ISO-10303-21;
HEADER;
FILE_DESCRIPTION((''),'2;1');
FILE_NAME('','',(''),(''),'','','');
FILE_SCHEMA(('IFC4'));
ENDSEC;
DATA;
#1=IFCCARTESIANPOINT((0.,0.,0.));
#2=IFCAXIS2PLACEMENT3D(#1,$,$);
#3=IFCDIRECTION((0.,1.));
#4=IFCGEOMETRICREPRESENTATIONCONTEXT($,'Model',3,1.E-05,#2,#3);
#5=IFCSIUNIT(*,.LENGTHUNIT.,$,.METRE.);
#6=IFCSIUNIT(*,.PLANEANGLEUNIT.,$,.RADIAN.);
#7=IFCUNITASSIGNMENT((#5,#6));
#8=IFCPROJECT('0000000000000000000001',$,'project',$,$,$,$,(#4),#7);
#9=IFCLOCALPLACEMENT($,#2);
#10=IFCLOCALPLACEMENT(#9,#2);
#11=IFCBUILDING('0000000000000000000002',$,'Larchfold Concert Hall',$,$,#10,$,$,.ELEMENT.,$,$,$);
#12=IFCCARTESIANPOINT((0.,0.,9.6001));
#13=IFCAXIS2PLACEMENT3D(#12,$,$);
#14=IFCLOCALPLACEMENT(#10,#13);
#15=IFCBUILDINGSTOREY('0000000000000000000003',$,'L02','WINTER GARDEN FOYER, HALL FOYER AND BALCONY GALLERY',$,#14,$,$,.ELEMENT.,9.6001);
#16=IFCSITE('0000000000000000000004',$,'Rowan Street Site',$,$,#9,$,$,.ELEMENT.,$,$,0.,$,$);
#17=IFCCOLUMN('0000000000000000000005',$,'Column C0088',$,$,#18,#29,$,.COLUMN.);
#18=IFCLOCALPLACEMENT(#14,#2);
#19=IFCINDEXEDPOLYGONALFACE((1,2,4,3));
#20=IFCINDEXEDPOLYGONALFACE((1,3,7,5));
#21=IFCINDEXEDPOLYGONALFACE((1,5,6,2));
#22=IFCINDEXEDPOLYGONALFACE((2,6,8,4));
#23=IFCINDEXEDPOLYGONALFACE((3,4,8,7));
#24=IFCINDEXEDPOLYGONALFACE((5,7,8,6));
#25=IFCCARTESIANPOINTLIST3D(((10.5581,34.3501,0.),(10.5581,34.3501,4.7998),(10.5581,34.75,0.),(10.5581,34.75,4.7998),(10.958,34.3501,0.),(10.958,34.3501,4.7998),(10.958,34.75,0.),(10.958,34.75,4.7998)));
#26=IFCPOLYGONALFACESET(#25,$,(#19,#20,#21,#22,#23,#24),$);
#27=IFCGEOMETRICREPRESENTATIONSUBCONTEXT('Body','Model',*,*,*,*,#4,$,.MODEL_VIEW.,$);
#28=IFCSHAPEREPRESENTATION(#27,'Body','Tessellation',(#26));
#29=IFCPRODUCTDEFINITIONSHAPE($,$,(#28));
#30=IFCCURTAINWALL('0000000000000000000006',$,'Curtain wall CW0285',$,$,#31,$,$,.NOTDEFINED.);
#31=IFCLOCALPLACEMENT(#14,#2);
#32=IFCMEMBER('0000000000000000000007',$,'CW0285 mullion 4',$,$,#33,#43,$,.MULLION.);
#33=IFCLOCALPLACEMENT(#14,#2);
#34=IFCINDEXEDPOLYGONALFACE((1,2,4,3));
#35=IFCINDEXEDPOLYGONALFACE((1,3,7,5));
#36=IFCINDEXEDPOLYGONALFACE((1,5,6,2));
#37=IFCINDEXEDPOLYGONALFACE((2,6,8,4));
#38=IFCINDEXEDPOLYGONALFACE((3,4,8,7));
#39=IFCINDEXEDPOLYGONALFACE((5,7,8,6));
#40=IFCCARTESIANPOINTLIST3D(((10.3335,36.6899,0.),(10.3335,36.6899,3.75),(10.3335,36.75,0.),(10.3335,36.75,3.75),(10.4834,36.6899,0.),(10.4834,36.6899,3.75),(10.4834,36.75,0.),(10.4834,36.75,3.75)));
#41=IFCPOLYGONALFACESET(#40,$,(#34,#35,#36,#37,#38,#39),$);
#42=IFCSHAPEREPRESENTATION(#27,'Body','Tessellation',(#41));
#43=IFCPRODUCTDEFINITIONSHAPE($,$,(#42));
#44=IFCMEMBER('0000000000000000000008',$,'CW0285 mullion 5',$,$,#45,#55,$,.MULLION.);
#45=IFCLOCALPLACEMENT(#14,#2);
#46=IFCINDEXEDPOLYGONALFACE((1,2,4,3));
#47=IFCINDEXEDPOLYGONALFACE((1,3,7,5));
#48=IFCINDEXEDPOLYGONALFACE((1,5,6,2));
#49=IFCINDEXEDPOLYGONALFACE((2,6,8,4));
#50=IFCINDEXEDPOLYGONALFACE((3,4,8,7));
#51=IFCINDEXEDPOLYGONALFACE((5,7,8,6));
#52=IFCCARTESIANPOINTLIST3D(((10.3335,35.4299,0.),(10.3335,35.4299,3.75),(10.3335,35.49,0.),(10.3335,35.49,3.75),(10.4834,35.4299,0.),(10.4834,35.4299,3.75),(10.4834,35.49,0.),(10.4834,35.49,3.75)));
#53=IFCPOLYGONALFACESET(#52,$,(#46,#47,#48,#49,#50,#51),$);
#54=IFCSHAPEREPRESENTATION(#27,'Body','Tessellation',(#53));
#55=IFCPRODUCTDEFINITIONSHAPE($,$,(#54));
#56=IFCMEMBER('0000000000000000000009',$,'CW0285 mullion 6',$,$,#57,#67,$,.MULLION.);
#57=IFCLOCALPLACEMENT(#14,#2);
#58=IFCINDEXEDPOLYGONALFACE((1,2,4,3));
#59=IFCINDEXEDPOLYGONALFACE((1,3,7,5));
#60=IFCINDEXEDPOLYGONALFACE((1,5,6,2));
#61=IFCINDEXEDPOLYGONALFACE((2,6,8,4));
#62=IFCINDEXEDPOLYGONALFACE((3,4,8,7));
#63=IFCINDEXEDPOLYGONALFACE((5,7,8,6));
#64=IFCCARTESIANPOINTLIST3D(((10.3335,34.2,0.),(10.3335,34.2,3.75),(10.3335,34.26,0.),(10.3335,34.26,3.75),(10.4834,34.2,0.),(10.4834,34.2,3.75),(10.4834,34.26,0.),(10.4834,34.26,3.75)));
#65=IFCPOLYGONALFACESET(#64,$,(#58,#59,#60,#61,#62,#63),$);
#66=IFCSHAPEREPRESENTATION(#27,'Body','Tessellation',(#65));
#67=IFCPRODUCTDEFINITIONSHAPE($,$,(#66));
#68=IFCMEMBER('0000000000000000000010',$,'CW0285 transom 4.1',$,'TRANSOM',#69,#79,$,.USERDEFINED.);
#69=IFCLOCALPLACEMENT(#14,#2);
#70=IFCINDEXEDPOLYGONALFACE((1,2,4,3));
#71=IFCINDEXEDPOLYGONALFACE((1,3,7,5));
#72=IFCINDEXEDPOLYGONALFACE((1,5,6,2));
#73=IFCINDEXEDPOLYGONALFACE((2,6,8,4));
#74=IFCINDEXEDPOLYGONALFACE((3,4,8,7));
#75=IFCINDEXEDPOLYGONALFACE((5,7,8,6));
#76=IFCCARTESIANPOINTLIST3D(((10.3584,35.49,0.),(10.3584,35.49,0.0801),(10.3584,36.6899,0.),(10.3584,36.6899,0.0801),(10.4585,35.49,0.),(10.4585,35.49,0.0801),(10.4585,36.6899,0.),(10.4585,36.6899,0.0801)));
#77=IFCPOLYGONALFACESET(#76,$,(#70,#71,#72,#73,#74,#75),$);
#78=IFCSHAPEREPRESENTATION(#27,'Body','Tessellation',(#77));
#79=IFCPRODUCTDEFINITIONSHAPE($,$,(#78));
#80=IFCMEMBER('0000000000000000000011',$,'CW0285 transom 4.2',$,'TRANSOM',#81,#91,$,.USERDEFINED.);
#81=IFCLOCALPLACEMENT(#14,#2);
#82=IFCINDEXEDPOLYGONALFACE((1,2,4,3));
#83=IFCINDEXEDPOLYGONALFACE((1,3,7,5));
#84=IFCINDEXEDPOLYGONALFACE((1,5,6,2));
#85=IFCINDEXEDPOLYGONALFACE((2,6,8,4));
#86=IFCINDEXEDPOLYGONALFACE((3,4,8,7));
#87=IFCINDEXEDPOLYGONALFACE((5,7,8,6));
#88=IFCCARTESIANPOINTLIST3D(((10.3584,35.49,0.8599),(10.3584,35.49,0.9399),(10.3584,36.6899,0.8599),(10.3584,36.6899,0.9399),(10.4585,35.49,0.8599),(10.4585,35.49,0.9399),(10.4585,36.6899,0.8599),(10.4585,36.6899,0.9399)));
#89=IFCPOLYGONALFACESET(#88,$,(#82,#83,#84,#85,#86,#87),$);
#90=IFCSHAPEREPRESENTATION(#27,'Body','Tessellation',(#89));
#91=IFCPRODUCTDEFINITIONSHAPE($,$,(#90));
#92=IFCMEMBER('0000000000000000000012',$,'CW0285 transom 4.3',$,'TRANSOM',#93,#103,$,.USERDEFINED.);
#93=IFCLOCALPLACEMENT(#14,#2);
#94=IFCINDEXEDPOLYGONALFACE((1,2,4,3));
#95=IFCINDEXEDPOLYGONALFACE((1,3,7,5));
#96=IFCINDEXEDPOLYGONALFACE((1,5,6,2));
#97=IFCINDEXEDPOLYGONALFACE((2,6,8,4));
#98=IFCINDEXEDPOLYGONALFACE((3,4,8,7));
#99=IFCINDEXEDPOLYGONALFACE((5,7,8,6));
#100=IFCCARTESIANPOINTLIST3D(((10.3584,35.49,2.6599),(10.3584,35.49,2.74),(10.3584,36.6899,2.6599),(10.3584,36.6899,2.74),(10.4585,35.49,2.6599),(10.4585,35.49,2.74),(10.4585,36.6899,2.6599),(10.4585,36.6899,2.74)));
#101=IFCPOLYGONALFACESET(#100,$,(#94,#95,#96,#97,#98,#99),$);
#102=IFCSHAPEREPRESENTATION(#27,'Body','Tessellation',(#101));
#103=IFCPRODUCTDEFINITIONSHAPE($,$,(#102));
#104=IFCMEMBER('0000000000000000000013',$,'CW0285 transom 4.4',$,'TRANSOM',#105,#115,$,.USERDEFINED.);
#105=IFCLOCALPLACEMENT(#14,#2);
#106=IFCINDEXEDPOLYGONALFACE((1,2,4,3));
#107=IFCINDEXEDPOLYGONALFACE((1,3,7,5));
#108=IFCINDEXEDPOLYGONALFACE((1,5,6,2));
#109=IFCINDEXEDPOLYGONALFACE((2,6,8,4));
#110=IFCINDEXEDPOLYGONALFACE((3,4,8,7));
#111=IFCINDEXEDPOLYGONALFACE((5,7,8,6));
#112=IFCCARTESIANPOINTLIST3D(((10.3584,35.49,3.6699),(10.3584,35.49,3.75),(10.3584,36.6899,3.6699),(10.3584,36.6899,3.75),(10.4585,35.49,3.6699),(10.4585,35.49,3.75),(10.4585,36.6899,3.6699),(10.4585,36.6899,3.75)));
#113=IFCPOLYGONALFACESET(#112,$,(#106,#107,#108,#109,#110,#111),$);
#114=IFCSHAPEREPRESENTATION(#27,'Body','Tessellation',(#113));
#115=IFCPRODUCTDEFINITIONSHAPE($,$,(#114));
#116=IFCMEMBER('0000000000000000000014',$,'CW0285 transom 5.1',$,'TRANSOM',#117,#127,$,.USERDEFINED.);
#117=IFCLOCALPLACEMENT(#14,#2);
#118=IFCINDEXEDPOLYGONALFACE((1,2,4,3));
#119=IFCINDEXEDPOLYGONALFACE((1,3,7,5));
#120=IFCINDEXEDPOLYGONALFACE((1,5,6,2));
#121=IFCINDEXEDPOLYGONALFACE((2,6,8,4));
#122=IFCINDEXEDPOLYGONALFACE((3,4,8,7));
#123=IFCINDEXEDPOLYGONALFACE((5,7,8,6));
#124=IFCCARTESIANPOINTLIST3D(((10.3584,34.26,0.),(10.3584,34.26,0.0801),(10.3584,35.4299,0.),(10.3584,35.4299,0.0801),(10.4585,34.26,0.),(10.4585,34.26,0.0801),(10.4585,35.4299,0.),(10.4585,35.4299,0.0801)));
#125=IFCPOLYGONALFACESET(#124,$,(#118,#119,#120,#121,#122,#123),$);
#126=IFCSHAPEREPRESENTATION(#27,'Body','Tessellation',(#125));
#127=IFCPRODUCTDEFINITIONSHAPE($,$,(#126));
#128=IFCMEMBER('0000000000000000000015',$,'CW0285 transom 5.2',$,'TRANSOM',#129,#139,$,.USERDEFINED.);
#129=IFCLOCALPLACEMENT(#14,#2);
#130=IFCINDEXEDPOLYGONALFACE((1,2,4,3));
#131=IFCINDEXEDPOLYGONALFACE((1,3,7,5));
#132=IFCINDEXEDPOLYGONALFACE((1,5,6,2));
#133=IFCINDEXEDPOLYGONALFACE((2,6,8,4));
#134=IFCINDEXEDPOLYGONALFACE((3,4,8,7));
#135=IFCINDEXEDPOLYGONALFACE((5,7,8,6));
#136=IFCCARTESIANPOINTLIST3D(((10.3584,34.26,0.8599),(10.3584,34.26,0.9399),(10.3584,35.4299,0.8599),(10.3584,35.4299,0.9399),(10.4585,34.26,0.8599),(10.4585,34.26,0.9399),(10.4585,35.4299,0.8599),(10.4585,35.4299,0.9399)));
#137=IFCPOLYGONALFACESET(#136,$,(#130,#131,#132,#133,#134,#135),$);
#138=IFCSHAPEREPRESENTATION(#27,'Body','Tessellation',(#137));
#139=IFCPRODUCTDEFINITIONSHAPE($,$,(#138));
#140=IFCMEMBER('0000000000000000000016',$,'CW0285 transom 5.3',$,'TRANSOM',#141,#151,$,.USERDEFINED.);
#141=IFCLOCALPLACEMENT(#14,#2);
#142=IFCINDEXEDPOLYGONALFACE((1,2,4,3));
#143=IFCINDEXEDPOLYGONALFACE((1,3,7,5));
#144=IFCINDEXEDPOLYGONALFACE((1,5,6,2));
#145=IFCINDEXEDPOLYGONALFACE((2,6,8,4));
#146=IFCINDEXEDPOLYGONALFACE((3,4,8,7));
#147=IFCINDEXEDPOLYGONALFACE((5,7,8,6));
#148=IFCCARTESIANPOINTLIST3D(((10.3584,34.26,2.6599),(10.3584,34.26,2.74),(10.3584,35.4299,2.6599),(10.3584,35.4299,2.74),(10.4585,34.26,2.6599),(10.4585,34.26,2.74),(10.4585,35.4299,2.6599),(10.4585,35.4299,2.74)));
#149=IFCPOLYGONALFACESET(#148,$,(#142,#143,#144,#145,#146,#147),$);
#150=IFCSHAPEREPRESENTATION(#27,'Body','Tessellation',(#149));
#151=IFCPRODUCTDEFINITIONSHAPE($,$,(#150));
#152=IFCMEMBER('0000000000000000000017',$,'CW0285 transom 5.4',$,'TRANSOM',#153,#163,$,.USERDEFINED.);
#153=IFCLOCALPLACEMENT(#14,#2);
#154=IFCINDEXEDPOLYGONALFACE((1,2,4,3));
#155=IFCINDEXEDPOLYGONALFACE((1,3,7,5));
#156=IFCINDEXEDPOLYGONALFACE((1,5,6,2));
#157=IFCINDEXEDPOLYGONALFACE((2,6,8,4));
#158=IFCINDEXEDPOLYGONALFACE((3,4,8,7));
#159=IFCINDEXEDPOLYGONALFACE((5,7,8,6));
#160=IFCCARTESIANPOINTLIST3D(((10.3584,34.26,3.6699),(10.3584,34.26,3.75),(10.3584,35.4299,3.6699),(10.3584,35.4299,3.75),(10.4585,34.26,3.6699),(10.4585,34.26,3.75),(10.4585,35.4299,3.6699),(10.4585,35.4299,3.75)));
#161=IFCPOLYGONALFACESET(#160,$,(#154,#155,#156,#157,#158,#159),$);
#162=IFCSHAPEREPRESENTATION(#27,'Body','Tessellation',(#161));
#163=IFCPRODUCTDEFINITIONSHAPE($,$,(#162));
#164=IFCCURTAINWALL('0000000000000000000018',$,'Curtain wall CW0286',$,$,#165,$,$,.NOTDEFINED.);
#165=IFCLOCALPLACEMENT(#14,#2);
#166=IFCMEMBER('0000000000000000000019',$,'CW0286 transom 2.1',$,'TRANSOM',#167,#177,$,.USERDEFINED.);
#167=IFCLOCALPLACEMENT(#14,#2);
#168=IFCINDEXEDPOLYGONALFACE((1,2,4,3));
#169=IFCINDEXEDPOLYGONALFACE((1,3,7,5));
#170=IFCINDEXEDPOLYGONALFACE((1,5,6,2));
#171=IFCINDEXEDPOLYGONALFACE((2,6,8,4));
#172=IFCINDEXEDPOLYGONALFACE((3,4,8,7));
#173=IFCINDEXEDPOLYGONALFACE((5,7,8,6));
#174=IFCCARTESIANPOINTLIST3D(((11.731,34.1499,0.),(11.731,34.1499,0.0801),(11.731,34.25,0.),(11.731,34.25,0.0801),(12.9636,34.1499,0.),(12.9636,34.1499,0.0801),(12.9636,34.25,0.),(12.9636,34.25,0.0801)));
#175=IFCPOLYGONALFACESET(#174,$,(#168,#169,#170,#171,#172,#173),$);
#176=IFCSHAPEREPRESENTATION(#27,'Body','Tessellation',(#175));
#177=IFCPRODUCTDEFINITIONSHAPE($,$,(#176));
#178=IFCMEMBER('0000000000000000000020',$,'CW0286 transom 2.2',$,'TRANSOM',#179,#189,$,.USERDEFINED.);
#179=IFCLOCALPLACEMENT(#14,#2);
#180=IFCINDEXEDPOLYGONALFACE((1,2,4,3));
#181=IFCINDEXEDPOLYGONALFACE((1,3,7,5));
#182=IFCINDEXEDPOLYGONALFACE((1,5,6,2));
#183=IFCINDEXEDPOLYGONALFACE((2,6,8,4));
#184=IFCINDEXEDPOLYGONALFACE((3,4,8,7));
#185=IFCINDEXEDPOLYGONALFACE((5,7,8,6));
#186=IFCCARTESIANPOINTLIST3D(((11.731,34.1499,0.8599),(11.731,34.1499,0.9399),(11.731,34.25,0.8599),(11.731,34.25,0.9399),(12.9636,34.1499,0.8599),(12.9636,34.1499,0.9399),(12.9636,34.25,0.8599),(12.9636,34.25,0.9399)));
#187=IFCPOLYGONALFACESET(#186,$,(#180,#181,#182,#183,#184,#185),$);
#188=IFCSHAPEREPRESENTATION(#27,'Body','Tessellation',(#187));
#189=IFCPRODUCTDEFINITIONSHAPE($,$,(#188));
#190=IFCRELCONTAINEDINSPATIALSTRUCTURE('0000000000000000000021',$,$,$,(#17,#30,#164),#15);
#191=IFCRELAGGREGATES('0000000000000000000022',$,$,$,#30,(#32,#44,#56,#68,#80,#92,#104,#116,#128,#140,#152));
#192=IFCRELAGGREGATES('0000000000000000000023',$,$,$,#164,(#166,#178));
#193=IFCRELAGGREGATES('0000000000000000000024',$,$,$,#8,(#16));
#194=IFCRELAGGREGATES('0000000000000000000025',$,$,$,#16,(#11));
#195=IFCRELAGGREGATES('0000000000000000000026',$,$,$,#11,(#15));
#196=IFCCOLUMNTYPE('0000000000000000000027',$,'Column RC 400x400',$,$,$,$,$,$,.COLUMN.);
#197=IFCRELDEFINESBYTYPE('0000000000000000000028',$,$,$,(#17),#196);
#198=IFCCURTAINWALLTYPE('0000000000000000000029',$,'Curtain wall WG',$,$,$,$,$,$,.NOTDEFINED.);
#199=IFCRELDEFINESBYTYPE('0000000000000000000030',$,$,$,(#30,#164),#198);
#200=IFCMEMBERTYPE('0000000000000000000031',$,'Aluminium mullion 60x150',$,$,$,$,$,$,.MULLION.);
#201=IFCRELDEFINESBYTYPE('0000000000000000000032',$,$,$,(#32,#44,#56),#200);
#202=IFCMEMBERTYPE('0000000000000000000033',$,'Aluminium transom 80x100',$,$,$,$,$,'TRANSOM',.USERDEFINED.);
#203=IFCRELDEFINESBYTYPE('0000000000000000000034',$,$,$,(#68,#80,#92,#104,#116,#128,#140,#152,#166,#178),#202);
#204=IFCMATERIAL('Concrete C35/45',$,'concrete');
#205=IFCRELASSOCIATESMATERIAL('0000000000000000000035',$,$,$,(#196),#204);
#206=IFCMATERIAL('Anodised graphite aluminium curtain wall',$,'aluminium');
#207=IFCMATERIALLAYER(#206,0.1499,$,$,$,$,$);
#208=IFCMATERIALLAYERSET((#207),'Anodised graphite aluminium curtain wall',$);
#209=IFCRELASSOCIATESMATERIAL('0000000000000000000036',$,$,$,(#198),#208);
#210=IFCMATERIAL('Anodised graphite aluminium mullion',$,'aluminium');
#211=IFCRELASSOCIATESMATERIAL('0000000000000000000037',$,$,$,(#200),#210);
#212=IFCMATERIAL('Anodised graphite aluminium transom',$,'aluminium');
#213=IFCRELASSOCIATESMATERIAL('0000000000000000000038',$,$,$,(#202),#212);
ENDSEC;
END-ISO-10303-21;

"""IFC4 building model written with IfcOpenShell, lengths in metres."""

from ifc_helpers import new_model, si_unit, direction, frame, origin, origin_2d, place, context, subcontext, project, spatial, rectangle, extrude, material, layer, layer_set, material_profile, profile_set, type_object, element, aggregate, save


model = new_model("IFC4")

# Units and contexts
model_context = context("Model", 3, precision=1e-05, world=origin(), true_north=direction((0.0, 1.0)))
body_context = subcontext(model_context, "Body", "Model", "MODEL_VIEW")
ifc_project = project(units=[si_unit("LENGTHUNIT", "METRE"), si_unit("PLANEANGLEUNIT", "RADIAN")], contexts=[model_context])

# Site, building, storey
site_placement = place(None, origin())
site = spatial("IfcSite", under=ifc_project, at=site_placement, Name="Rowan Street Site", CompositionType="ELEMENT", RefElevation=0.0)
building_placement = place(site_placement, origin())
building = spatial("IfcBuilding", under=site, at=building_placement, Name="Larchfold Concert Hall", CompositionType="ELEMENT")
storey_placement = place(building_placement, frame((0.0, 0.0, 9.6001)))
storey = spatial("IfcBuildingStorey", under=building, at=storey_placement, Name="L02", Description="WINTER GARDEN FOYER, HALL FOYER AND BALCONY GALLERY", CompositionType="ELEMENT", Elevation=9.6001)

# Column
ifc_material_1 = material(Name="Concrete C35/45", Category="concrete")
ifc_material_profile_1 = material_profile(ifc_material_1, rectangle(XDim=0.3999, YDim=0.3999, at=origin_2d()))
ifc_profile_set_1 = profile_set([ifc_material_profile_1], Name="Concrete C35/45")
column_type = type_object("IfcColumnType", Name="Column RC 400x400", PredefinedType="COLUMN", material=ifc_profile_set_1)
column_placement = place(storey_placement, frame((10.7581, 34.55, 0.0), z_axis=(0.0, 0.0, 1.0), x_axis=(1.0, 0.0, 0.0)))
element("IfcColumn", 1, at=column_placement, inside=storey, type_object=column_type, Name="Column C0088", PredefinedType="COLUMN", context=body_context, shape_type="SweptSolid", body=[
    extrude(rectangle(XDim=0.3999, YDim=0.3999, at=origin_2d()), origin(), (0.0, 0.0, 1.0), 4.7998),
])

# Curtain walls, members
ifc_material_2 = material(Name="Anodised graphite aluminium curtain wall", Category="aluminium")
ifc_layer_1 = layer(ifc_material_2, 0.1499)
ifc_layer_set_1 = layer_set([ifc_layer_1], Name="Anodised graphite aluminium curtain wall")
curtain_wall_type = type_object("IfcCurtainWallType", Name="Curtain wall WG", PredefinedType="NOTDEFINED", material=ifc_layer_set_1)
curtain_wall_1_placement = place(storey_placement, origin())
curtain_wall_1 = element("IfcCurtainWall", 2, at=curtain_wall_1_placement, inside=storey, type_object=curtain_wall_type, Name="Curtain wall CW0285", PredefinedType="NOTDEFINED")
ifc_material_3 = material(Name="Anodised graphite aluminium mullion", Category="aluminium")
ifc_material_profile_2 = material_profile(ifc_material_3, rectangle(XDim=0.1499, YDim=0.0601, at=origin_2d()))
ifc_profile_set_2 = profile_set([ifc_material_profile_2], Name="Anodised graphite aluminium mullion")
member_type_1 = type_object("IfcMemberType", Name="Aluminium mullion 60x150", PredefinedType="MULLION", material=ifc_profile_set_2)
member_1_placement = place(storey_placement, frame((10.4084, 36.72, 0.0), z_axis=(0.0, 0.0, 1.0), x_axis=(1.0, 0.0, 0.0)))
member_1 = element("IfcMember", 3, at=member_1_placement, type_object=member_type_1, Name="CW0285 mullion 4", PredefinedType="MULLION", context=body_context, shape_type="SweptSolid", body=[
    extrude(rectangle(XDim=0.1499, YDim=0.0601, at=origin_2d()), origin(), (0.0, 0.0, 1.0), 3.75),
])
member_2_placement = place(storey_placement, frame((10.4084, 35.46, 0.0), z_axis=(0.0, 0.0, 1.0), x_axis=(1.0, 0.0, 0.0)))
member_2 = element("IfcMember", 4, at=member_2_placement, type_object=member_type_1, Name="CW0285 mullion 5", PredefinedType="MULLION", context=body_context, shape_type="SweptSolid", body=[
    extrude(rectangle(XDim=0.1499, YDim=0.0601, at=origin_2d()), origin(), (0.0, 0.0, 1.0), 3.75),
])
member_3_placement = place(storey_placement, frame((10.4084, 34.23, 0.0), z_axis=(0.0, 0.0, 1.0), x_axis=(1.0, 0.0, 0.0)))
member_3 = element("IfcMember", 5, at=member_3_placement, type_object=member_type_1, Name="CW0285 mullion 6", PredefinedType="MULLION", context=body_context, shape_type="SweptSolid", body=[
    extrude(rectangle(XDim=0.1499, YDim=0.0601, at=origin_2d()), origin(), (0.0, 0.0, 1.0), 3.75),
])
ifc_material_4 = material(Name="Anodised graphite aluminium transom", Category="aluminium")
ifc_material_profile_3 = material_profile(ifc_material_4, rectangle(XDim=0.1001, YDim=0.0801, at=origin_2d()))
ifc_profile_set_3 = profile_set([ifc_material_profile_3], Name="Anodised graphite aluminium transom")
member_type_2 = type_object("IfcMemberType", Name="Aluminium transom 80x100", ElementType="TRANSOM", PredefinedType="USERDEFINED", material=ifc_profile_set_3)
member_4_placement = place(storey_placement, frame((10.4084, 36.6899, 0.04), z_axis=(0.0, -1.0, 0.0), x_axis=(1.0, 0.0, 0.0)))
member_4 = element("IfcMember", 6, at=member_4_placement, type_object=member_type_2, Name="CW0285 transom 4.1", ObjectType="TRANSOM", PredefinedType="USERDEFINED", context=body_context, shape_type="SweptSolid", body=[
    extrude(rectangle(XDim=0.1001, YDim=0.0801, at=origin_2d()), origin(), (0.0, 0.0, 1.0), 1.2),
])
member_5_placement = place(storey_placement, frame((10.4084, 36.6899, 0.8999), z_axis=(0.0, -1.0, 0.0), x_axis=(1.0, 0.0, 0.0)))
member_5 = element("IfcMember", 7, at=member_5_placement, type_object=member_type_2, Name="CW0285 transom 4.2", ObjectType="TRANSOM", PredefinedType="USERDEFINED", context=body_context, shape_type="SweptSolid", body=[
    extrude(rectangle(XDim=0.1001, YDim=0.0801, at=origin_2d()), origin(), (0.0, 0.0, 1.0), 1.2),
])
member_6_placement = place(storey_placement, frame((10.4084, 36.6899, 2.7), z_axis=(0.0, -1.0, 0.0), x_axis=(1.0, 0.0, 0.0)))
member_6 = element("IfcMember", 8, at=member_6_placement, type_object=member_type_2, Name="CW0285 transom 4.3", ObjectType="TRANSOM", PredefinedType="USERDEFINED", context=body_context, shape_type="SweptSolid", body=[
    extrude(rectangle(XDim=0.1001, YDim=0.0801, at=origin_2d()), origin(), (0.0, 0.0, 1.0), 1.2),
])
member_7_placement = place(storey_placement, frame((10.4084, 36.6899, 3.71), z_axis=(0.0, -1.0, 0.0), x_axis=(1.0, 0.0, 0.0)))
member_7 = element("IfcMember", 9, at=member_7_placement, type_object=member_type_2, Name="CW0285 transom 4.4", ObjectType="TRANSOM", PredefinedType="USERDEFINED", context=body_context, shape_type="SweptSolid", body=[
    extrude(rectangle(XDim=0.1001, YDim=0.0801, at=origin_2d()), origin(), (0.0, 0.0, 1.0), 1.2),
])
member_8_placement = place(storey_placement, frame((10.4084, 35.4299, 0.04), z_axis=(0.0, -1.0, 0.0), x_axis=(1.0, 0.0, 0.0)))
member_8 = element("IfcMember", 10, at=member_8_placement, type_object=member_type_2, Name="CW0285 transom 5.1", ObjectType="TRANSOM", PredefinedType="USERDEFINED", context=body_context, shape_type="SweptSolid", body=[
    extrude(rectangle(XDim=0.1001, YDim=0.0801, at=origin_2d()), origin(), (0.0, 0.0, 1.0), 1.1699),
])
member_9_placement = place(storey_placement, frame((10.4084, 35.4299, 0.8999), z_axis=(0.0, -1.0, 0.0), x_axis=(1.0, 0.0, 0.0)))
member_9 = element("IfcMember", 11, at=member_9_placement, type_object=member_type_2, Name="CW0285 transom 5.2", ObjectType="TRANSOM", PredefinedType="USERDEFINED", context=body_context, shape_type="SweptSolid", body=[
    extrude(rectangle(XDim=0.1001, YDim=0.0801, at=origin_2d()), origin(), (0.0, 0.0, 1.0), 1.1699),
])
member_10_placement = place(storey_placement, frame((10.4084, 35.4299, 2.7), z_axis=(0.0, -1.0, 0.0), x_axis=(1.0, 0.0, 0.0)))
member_10 = element("IfcMember", 12, at=member_10_placement, type_object=member_type_2, Name="CW0285 transom 5.3", ObjectType="TRANSOM", PredefinedType="USERDEFINED", context=body_context, shape_type="SweptSolid", body=[
    extrude(rectangle(XDim=0.1001, YDim=0.0801, at=origin_2d()), origin(), (0.0, 0.0, 1.0), 1.1699),
])
member_11_placement = place(storey_placement, frame((10.4084, 35.4299, 3.71), z_axis=(0.0, -1.0, 0.0), x_axis=(1.0, 0.0, 0.0)))
member_11 = element("IfcMember", 13, at=member_11_placement, type_object=member_type_2, Name="CW0285 transom 5.4", ObjectType="TRANSOM", PredefinedType="USERDEFINED", context=body_context, shape_type="SweptSolid", body=[
    extrude(rectangle(XDim=0.1001, YDim=0.0801, at=origin_2d()), origin(), (0.0, 0.0, 1.0), 1.1699),
])
curtain_wall_2_placement = place(storey_placement, origin())
curtain_wall_2 = element("IfcCurtainWall", 14, at=curtain_wall_2_placement, inside=storey, type_object=curtain_wall_type, Name="Curtain wall CW0286", PredefinedType="NOTDEFINED")
member_12_placement = place(storey_placement, frame((11.731, 34.2, 0.04), z_axis=(1.0, 0.0, 0.0), x_axis=(0.0, 1.0, 0.0)))
member_12 = element("IfcMember", 15, at=member_12_placement, type_object=member_type_2, Name="CW0286 transom 2.1", ObjectType="TRANSOM", PredefinedType="USERDEFINED", context=body_context, shape_type="SweptSolid", body=[
    extrude(rectangle(XDim=0.1001, YDim=0.0801, at=origin_2d()), origin(), (0.0, 0.0, 1.0), 1.2327),
])
member_13_placement = place(storey_placement, frame((11.731, 34.2, 0.8999), z_axis=(1.0, 0.0, 0.0), x_axis=(0.0, 1.0, 0.0)))
member_13 = element("IfcMember", 16, at=member_13_placement, type_object=member_type_2, Name="CW0286 transom 2.2", ObjectType="TRANSOM", PredefinedType="USERDEFINED", context=body_context, shape_type="SweptSolid", body=[
    extrude(rectangle(XDim=0.1001, YDim=0.0801, at=origin_2d()), origin(), (0.0, 0.0, 1.0), 1.2327),
])

aggregate(curtain_wall_1, [member_1, member_2, member_3, member_4, member_5, member_6, member_7, member_8, member_9, member_10, member_11])
aggregate(curtain_wall_2, [member_12, member_13])

save(model, "model.ifc")
